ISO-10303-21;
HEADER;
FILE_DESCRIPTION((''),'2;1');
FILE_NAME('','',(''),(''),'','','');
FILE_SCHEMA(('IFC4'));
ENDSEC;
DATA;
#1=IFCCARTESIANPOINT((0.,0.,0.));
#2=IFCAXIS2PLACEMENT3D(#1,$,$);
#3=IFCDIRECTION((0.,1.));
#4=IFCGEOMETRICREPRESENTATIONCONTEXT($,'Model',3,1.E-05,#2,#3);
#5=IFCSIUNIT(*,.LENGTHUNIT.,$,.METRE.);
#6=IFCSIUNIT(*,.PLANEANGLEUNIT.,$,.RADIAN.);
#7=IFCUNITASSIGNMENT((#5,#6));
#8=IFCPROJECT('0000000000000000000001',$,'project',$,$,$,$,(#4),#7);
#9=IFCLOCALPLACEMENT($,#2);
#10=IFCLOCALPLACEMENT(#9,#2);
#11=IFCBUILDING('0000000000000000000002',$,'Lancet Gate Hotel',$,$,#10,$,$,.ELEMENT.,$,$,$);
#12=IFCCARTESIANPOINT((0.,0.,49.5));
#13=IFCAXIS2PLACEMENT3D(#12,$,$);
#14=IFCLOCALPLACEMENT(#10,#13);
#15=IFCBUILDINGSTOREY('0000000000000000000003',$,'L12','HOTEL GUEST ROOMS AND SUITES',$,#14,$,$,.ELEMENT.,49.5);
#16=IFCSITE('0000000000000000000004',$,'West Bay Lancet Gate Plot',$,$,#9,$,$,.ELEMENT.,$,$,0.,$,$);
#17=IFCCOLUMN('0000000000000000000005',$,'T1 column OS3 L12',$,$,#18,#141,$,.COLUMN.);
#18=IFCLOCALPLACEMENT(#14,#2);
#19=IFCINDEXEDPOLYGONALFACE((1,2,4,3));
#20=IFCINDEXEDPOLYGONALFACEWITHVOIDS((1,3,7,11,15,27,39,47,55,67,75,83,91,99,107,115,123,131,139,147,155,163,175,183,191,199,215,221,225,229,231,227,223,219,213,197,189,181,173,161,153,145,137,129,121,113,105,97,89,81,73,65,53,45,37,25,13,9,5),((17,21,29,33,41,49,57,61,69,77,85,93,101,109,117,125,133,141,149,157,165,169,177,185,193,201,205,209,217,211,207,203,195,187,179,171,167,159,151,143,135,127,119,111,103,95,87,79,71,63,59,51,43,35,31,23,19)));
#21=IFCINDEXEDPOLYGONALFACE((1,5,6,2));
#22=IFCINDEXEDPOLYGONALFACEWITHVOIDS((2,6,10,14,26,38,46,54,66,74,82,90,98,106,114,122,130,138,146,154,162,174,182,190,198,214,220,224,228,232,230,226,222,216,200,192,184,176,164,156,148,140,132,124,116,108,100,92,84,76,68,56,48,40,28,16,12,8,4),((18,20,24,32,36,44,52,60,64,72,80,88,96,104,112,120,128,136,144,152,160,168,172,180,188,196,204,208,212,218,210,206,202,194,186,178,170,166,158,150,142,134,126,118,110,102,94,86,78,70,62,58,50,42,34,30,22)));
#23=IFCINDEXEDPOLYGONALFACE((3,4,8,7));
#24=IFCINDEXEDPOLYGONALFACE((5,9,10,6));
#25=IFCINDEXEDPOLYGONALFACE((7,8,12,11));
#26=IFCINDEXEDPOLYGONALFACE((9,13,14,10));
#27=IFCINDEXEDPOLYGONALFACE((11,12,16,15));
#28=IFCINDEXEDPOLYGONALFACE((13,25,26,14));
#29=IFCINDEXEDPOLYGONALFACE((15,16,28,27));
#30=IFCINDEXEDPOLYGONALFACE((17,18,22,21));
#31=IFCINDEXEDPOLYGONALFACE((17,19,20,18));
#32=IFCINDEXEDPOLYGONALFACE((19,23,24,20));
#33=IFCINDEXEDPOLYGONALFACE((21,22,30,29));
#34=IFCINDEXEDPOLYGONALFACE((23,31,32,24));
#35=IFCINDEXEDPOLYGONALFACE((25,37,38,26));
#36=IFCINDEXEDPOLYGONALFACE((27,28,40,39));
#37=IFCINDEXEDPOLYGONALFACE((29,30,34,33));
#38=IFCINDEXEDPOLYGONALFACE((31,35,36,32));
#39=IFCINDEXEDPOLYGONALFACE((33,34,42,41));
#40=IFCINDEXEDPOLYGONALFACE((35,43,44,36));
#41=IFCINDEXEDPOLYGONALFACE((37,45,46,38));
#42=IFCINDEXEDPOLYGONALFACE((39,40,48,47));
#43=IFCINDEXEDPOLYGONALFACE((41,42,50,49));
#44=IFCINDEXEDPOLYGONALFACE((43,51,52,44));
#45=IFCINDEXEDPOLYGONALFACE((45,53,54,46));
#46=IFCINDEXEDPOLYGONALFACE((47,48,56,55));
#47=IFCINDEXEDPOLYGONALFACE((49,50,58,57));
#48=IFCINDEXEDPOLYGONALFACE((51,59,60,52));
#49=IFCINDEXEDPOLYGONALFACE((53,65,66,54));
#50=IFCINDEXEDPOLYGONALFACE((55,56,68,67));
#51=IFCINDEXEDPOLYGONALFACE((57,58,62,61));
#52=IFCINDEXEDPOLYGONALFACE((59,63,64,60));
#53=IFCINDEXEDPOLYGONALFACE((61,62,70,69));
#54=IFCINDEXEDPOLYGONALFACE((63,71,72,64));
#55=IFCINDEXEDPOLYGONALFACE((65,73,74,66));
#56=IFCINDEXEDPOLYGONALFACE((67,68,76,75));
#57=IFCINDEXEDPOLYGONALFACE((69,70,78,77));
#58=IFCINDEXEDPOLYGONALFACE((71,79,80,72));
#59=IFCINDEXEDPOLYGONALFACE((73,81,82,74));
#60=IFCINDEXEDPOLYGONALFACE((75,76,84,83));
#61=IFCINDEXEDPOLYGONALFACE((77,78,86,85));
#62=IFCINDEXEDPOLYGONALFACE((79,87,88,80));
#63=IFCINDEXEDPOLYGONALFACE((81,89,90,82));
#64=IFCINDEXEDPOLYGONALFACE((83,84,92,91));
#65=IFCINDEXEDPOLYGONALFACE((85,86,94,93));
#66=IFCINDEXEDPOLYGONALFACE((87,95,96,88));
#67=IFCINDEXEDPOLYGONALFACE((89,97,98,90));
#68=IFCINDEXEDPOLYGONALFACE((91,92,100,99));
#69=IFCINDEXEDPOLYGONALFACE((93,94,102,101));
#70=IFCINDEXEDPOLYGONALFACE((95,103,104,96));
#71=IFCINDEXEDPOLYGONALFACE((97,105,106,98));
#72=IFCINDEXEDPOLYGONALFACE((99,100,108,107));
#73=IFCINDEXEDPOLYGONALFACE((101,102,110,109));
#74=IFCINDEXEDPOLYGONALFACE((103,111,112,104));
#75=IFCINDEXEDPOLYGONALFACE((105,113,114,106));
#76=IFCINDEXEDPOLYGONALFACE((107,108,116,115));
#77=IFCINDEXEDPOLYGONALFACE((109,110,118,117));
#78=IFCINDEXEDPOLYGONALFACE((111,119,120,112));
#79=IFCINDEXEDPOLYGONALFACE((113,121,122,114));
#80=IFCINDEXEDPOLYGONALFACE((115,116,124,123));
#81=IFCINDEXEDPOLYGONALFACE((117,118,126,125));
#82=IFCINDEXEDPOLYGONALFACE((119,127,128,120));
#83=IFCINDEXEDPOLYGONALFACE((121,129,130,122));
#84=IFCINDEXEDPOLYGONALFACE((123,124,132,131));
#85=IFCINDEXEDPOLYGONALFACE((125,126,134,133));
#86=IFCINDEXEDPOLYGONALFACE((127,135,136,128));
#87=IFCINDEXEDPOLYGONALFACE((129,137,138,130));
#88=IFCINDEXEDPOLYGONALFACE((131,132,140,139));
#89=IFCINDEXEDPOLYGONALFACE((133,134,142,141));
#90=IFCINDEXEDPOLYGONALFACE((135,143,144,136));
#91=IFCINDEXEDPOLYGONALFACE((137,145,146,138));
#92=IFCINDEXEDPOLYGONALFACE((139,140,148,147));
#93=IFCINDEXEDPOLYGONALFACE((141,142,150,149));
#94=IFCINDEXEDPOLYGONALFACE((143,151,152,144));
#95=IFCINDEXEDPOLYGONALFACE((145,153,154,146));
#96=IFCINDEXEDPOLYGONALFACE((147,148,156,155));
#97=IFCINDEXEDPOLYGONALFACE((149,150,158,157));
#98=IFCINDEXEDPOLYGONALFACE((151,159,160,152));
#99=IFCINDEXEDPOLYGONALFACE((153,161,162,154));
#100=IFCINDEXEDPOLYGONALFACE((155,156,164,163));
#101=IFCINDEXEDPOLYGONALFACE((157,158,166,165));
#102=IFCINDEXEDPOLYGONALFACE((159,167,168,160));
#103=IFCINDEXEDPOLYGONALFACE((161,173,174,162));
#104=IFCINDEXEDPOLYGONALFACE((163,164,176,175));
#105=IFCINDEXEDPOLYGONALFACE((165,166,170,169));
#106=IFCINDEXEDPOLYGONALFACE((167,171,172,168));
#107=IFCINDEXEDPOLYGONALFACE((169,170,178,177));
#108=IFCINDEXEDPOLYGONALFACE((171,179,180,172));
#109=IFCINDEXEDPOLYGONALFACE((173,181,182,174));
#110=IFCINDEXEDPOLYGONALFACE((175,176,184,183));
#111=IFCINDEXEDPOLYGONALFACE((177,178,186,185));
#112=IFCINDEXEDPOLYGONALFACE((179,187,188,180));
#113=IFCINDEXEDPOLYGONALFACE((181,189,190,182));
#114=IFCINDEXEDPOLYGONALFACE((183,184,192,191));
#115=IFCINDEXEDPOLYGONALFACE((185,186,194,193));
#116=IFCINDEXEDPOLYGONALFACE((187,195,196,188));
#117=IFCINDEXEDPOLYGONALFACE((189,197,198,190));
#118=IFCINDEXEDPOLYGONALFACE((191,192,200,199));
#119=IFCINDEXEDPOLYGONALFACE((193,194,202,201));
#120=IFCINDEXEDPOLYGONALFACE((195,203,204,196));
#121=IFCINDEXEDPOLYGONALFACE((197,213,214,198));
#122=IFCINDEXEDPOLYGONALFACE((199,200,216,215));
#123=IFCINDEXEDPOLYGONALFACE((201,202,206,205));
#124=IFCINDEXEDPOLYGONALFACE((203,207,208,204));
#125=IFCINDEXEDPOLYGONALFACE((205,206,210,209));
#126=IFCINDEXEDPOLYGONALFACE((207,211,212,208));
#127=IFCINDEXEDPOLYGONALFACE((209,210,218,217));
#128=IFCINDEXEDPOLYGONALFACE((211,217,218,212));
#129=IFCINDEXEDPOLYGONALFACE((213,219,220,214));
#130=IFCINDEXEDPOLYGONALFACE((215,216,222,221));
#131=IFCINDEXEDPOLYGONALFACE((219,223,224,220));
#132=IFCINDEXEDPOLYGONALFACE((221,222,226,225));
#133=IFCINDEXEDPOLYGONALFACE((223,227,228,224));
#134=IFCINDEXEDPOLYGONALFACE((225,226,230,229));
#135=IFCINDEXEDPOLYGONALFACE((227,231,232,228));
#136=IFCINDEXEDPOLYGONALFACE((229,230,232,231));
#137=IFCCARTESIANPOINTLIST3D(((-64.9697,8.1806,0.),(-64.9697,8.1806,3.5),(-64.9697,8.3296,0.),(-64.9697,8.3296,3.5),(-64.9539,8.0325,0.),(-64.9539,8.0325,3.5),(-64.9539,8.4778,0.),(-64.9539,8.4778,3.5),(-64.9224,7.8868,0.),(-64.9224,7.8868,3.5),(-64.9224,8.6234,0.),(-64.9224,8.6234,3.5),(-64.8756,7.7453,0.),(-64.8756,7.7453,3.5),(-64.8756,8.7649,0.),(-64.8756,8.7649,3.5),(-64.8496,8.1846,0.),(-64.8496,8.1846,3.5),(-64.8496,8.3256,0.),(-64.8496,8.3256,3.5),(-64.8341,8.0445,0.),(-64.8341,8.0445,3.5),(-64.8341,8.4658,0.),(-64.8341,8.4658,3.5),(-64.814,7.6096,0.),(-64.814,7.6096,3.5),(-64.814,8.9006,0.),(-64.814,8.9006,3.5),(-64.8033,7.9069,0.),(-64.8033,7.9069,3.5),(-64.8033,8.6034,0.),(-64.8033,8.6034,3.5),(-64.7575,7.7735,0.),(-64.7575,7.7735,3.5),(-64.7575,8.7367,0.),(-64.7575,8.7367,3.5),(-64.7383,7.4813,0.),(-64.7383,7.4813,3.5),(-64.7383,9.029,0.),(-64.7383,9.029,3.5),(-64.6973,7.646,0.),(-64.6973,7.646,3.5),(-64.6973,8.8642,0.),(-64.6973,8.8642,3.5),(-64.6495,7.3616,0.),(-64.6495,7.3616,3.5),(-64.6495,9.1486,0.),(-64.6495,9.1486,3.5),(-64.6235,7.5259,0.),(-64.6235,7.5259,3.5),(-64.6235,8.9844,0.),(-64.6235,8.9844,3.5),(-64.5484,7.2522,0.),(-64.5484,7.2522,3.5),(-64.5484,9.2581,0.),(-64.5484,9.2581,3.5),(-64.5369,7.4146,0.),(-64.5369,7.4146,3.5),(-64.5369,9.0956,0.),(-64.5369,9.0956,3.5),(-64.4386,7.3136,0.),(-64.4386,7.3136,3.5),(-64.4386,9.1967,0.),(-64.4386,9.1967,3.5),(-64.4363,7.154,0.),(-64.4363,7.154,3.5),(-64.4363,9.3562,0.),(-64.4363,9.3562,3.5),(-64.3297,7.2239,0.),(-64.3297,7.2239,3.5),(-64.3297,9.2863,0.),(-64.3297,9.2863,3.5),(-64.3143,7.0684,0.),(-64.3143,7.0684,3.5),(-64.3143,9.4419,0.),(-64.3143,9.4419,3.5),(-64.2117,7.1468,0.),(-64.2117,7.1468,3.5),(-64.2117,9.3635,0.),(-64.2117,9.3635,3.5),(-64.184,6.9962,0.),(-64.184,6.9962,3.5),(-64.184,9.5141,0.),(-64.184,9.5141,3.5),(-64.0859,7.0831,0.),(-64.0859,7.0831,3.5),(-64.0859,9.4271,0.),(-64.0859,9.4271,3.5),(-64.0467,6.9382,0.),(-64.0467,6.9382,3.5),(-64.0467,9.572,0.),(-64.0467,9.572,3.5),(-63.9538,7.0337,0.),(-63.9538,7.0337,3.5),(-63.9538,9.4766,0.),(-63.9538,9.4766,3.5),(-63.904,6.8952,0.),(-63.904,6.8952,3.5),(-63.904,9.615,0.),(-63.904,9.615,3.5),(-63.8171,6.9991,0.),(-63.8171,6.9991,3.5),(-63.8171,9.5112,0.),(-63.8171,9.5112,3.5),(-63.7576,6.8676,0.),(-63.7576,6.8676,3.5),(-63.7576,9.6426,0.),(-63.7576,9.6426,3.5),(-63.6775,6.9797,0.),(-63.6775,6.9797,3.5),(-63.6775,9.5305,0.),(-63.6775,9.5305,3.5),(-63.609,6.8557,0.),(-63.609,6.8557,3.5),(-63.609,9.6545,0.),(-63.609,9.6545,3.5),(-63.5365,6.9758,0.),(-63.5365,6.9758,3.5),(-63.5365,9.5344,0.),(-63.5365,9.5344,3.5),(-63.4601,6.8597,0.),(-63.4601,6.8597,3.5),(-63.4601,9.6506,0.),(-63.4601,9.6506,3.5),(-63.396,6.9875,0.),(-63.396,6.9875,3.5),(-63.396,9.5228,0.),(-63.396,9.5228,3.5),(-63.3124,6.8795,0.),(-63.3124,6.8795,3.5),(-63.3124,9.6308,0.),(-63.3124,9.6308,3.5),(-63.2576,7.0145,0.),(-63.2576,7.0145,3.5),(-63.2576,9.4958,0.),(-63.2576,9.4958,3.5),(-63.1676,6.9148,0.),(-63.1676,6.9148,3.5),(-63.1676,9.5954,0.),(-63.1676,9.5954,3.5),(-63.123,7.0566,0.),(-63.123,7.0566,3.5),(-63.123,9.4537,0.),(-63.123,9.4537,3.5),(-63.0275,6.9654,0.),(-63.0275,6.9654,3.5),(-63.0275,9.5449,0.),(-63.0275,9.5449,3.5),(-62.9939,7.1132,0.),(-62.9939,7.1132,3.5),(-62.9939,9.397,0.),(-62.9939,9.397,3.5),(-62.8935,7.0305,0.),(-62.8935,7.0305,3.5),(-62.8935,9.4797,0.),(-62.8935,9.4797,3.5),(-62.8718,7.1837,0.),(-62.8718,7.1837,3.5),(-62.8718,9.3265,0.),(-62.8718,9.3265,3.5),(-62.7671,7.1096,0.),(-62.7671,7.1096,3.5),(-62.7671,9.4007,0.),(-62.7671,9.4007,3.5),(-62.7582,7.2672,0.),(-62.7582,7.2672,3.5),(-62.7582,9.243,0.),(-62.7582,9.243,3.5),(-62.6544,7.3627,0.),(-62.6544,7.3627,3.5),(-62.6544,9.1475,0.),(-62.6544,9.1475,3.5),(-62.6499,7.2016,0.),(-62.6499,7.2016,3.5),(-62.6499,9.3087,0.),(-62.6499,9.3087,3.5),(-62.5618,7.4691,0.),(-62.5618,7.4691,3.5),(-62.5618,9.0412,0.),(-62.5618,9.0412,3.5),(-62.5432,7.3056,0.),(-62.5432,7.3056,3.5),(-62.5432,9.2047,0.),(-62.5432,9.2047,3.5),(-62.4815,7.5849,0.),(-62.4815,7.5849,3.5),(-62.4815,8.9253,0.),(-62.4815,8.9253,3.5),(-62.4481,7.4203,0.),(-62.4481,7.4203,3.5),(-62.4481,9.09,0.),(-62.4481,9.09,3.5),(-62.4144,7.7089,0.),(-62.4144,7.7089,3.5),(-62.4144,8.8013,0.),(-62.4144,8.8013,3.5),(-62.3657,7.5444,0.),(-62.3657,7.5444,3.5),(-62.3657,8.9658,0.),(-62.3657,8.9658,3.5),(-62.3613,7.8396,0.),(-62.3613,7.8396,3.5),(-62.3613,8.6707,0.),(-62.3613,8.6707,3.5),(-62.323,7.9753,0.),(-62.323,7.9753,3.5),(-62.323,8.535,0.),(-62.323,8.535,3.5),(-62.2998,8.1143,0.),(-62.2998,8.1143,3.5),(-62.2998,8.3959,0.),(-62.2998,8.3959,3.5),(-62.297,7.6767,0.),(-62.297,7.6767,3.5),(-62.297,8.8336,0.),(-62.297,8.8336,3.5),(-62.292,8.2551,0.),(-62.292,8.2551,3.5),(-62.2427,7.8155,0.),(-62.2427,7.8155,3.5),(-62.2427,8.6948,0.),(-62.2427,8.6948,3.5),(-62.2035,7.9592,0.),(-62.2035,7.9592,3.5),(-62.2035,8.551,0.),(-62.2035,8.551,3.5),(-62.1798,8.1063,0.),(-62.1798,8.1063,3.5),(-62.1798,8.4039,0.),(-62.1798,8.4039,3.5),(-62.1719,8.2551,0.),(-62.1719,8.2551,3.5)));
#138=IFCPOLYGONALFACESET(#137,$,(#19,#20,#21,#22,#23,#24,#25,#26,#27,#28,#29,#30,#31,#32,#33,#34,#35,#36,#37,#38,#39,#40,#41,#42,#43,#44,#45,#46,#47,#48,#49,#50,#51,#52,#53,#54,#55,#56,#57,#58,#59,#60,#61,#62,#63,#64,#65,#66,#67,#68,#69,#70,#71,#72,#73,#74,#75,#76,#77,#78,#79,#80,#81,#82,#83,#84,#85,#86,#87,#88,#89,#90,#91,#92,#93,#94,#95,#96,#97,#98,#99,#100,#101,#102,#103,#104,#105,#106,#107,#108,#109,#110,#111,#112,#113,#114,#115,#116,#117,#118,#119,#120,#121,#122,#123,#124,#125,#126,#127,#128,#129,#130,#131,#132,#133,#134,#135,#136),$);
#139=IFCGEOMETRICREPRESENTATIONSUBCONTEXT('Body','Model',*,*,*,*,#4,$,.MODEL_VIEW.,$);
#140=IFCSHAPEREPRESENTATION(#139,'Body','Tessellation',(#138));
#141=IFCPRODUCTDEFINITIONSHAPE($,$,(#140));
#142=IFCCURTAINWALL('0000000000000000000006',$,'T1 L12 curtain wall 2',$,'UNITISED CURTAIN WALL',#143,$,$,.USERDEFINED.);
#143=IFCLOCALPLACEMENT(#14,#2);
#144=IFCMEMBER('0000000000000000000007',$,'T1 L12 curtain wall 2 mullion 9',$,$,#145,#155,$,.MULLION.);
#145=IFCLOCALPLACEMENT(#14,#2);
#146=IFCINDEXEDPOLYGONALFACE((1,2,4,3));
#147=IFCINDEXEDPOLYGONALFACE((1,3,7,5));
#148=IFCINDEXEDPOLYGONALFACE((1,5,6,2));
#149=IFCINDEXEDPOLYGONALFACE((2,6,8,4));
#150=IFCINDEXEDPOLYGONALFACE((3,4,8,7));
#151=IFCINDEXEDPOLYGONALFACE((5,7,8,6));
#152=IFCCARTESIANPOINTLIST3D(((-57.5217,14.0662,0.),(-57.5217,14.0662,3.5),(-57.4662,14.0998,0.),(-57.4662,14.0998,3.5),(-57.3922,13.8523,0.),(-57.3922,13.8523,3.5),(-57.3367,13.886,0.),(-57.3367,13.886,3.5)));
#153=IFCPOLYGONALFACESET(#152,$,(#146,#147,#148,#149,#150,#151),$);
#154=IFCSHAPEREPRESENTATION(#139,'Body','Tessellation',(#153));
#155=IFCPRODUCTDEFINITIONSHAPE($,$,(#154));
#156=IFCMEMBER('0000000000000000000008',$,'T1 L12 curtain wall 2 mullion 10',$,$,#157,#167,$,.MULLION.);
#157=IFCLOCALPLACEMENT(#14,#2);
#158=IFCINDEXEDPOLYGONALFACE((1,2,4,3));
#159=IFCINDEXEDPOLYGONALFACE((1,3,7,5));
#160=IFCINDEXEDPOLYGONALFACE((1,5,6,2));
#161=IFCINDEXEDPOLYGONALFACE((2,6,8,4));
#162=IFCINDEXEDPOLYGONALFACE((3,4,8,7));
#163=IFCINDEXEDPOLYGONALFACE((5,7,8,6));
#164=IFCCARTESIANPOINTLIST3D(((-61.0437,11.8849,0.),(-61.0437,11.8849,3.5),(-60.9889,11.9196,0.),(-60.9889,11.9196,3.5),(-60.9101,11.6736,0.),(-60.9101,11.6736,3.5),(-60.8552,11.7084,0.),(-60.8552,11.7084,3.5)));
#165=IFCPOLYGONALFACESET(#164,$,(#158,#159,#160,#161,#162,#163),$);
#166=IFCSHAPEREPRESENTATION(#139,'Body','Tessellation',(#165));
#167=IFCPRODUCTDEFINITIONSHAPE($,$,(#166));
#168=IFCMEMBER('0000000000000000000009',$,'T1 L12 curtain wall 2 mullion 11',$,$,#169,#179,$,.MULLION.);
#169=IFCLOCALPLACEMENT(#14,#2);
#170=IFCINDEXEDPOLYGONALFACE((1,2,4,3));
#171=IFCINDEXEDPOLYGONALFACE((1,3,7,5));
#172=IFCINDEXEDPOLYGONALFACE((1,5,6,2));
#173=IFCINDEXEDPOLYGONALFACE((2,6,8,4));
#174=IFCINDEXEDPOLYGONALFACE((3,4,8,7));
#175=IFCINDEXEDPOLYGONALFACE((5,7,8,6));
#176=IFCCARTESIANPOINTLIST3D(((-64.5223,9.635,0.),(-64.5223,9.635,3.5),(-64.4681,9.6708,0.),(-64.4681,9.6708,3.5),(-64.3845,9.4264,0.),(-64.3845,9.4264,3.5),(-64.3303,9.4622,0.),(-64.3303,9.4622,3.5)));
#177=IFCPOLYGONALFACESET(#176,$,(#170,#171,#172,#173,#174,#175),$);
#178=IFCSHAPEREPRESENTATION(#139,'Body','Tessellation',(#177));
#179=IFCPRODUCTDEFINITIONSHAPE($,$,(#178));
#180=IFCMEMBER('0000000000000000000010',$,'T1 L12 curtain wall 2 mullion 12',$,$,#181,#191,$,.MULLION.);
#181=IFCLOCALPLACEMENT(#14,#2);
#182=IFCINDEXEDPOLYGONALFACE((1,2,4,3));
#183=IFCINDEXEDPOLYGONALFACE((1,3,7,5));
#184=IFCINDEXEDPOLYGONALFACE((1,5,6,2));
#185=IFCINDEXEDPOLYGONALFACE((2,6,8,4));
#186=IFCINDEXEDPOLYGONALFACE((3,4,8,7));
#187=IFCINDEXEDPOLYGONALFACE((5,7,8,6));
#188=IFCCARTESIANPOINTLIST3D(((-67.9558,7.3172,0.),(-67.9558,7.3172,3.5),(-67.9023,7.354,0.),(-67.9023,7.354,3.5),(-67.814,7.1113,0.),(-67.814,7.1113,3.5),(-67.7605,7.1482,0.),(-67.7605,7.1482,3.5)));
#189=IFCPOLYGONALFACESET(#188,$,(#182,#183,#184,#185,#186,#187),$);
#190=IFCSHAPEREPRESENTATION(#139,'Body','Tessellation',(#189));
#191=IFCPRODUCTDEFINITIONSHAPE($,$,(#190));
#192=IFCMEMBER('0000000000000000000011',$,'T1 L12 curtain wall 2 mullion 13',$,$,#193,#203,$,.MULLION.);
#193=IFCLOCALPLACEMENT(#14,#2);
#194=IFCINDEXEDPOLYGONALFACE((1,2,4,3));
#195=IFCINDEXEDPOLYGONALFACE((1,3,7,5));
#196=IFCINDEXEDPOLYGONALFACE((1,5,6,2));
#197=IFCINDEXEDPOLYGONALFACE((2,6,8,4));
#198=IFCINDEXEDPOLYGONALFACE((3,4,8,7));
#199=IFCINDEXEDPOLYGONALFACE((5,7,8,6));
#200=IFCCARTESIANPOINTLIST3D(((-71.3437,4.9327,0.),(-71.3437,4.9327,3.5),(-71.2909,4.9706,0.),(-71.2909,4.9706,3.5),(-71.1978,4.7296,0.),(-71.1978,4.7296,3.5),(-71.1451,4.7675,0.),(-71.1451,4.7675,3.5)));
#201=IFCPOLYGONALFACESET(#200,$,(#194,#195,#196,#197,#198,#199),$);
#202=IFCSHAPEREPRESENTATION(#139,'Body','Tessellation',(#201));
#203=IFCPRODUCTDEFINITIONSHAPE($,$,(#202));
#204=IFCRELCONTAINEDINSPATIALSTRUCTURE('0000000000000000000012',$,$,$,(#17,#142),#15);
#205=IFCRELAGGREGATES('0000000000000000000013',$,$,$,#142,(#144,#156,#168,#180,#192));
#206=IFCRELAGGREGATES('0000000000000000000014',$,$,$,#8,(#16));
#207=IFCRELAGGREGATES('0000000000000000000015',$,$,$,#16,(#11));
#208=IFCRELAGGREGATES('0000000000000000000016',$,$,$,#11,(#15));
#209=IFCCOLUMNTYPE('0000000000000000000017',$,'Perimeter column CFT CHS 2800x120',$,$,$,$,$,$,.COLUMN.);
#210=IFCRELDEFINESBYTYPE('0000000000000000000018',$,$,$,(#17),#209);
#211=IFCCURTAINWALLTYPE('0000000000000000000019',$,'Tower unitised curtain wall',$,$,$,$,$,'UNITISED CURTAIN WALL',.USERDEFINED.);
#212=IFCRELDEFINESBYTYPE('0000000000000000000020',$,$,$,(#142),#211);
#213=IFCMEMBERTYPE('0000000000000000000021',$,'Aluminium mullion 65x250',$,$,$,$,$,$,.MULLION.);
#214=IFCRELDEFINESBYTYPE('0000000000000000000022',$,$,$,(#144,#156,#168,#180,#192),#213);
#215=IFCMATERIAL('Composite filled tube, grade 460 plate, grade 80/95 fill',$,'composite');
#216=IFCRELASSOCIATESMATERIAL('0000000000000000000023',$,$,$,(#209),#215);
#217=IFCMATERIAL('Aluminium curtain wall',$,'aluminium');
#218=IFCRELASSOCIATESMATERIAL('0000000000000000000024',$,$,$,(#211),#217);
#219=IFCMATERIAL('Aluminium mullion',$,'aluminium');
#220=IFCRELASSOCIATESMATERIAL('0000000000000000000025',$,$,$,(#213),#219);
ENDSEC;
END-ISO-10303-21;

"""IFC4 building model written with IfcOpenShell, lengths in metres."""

from ifc_helpers import new_model, si_unit, direction, frame, origin, origin_2d, place, context, subcontext, project, spatial, rectangle, hollow_circle, extrude, material, material_profile, profile_set, type_object, element, aggregate, save


model = new_model("IFC4")

# Units and contexts
model_context = context("Model", 3, precision=1e-05, world=origin(), true_north=direction((0.0, 1.0)))
body_context = subcontext(model_context, "Body", "Model", "MODEL_VIEW")
ifc_project = project(units=[si_unit("LENGTHUNIT", "METRE"), si_unit("PLANEANGLEUNIT", "RADIAN")], contexts=[model_context])

# Site, building, storey
site_placement = place(None, origin())
site = spatial("IfcSite", under=ifc_project, at=site_placement, Name="West Bay Lancet Gate Plot", CompositionType="ELEMENT", RefElevation=0.0)
building_placement = place(site_placement, origin())
building = spatial("IfcBuilding", under=site, at=building_placement, Name="Lancet Gate Hotel", CompositionType="ELEMENT")
storey_placement = place(building_placement, frame((0.0, 0.0, 49.5)))
storey = spatial("IfcBuildingStorey", under=building, at=storey_placement, Name="L12", Description="HOTEL GUEST ROOMS AND SUITES", CompositionType="ELEMENT", Elevation=49.5)

# Column
ifc_material_1 = material(Name="Composite filled tube, grade 460 plate, grade 80/95 fill", Category="composite")
ifc_material_profile_1 = material_profile(ifc_material_1, hollow_circle(Radius=1.3999, WallThickness=0.1201, at=origin_2d()), Name="CHS 2800x120")
ifc_profile_set_1 = profile_set([ifc_material_profile_1], Name="Composite filled tube, grade 460 plate, grade 80/95 fill")
column_type_1 = type_object("IfcColumnType", Name="Perimeter column CFT CHS 2800x120", PredefinedType="COLUMN", material=ifc_profile_set_1)
column_1_placement = place(storey_placement, frame((-63.5718, 8.2551, 0.0), z_axis=(0.0, 0.0, 1.0), x_axis=(1.0, 0.0, 0.0)))
element("IfcColumn", 1, at=column_1_placement, inside=storey, type_object=column_type_1, Name="T1 column OS3 L12", PredefinedType="COLUMN", context=body_context, shape_type="SweptSolid", body=[
    extrude(hollow_circle(Radius=1.3999, WallThickness=0.1201, at=origin_2d()), origin(), (0.0, 0.0, 1.0), 3.5),
])

# Curtain wall, members
ifc_material_2 = material(Name="Aluminium curtain wall", Category="aluminium")
curtain_wall_type = type_object("IfcCurtainWallType", Name="Tower unitised curtain wall", ElementType="UNITISED CURTAIN WALL", PredefinedType="USERDEFINED", material=ifc_material_2)
curtain_wall_placement = place(storey_placement, origin())
curtain_wall = element("IfcCurtainWall", 2, at=curtain_wall_placement, inside=storey, type_object=curtain_wall_type, Name="T1 L12 curtain wall 2", ObjectType="UNITISED CURTAIN WALL", PredefinedType="USERDEFINED")
ifc_material_3 = material(Name="Aluminium mullion", Category="aluminium")
ifc_material_profile_2 = material_profile(ifc_material_3, rectangle(XDim=0.0649, YDim=0.25, at=origin_2d()), Name="MULLION 65x250")
ifc_profile_set_2 = profile_set([ifc_material_profile_2], Name="Aluminium mullion")
member_type_1 = type_object("IfcMemberType", Name="Aluminium mullion 65x250", PredefinedType="MULLION", material=ifc_profile_set_2)
member_1_placement = place(storey_placement, frame((-57.4292, 13.9761, 0.0), z_axis=(0.0, 0.0, 1.0), x_axis=(-0.855346, -0.518057, 0.0)))
member_1 = element("IfcMember", 3, at=member_1_placement, type_object=member_type_1, Name="T1 L12 curtain wall 2 mullion 9", PredefinedType="MULLION", context=body_context, shape_type="SweptSolid", body=[
    extrude(rectangle(XDim=0.0649, YDim=0.25, at=origin_2d()), origin(), (0.0, 0.0, 1.0), 3.5),
])
member_2_placement = place(storey_placement, frame((-60.9495, 11.7966, 0.0), z_axis=(0.0, 0.0, 1.0), x_axis=(-0.845029, -0.53472, 0.0)))
member_2 = element("IfcMember", 4, at=member_2_placement, type_object=member_type_1, Name="T1 L12 curtain wall 2 mullion 10", PredefinedType="MULLION", context=body_context, shape_type="SweptSolid", body=[
    extrude(rectangle(XDim=0.0649, YDim=0.25, at=origin_2d()), origin(), (0.0, 0.0, 1.0), 3.5),
])
member_3_placement = place(storey_placement, frame((-64.4263, 9.5486, 0.0), z_axis=(0.0, 0.0, 1.0), x_axis=(-0.834387, -0.551178, 0.0)))
member_3 = element("IfcMember", 5, at=member_3_placement, type_object=member_type_1, Name="T1 L12 curtain wall 2 mullion 11", PredefinedType="MULLION", context=body_context, shape_type="SweptSolid", body=[
    extrude(rectangle(XDim=0.0649, YDim=0.25, at=origin_2d()), origin(), (0.0, 0.0, 1.0), 3.5),
])
member_4_placement = place(storey_placement, frame((-67.8582, 7.2327, 0.0), z_axis=(0.0, 0.0, 1.0), x_axis=(-0.823425, -0.567425, 0.0)))
member_4 = element("IfcMember", 6, at=member_4_placement, type_object=member_type_1, Name="T1 L12 curtain wall 2 mullion 12", PredefinedType="MULLION", context=body_context, shape_type="SweptSolid", body=[
    extrude(rectangle(XDim=0.0649, YDim=0.25, at=origin_2d()), origin(), (0.0, 0.0, 1.0), 3.5),
])
member_5_placement = place(storey_placement, frame((-71.2444, 4.8501, 0.0), z_axis=(0.0, 0.0, 1.0), x_axis=(-0.812147, -0.583453, 0.0)))
member_5 = element("IfcMember", 7, at=member_5_placement, type_object=member_type_1, Name="T1 L12 curtain wall 2 mullion 13", PredefinedType="MULLION", context=body_context, shape_type="SweptSolid", body=[
    extrude(rectangle(XDim=0.0649, YDim=0.25, at=origin_2d()), origin(), (0.0, 0.0, 1.0), 3.5),
])

aggregate(curtain_wall, [member_1, member_2, member_3, member_4, member_5])

save(model, "model.ifc")
